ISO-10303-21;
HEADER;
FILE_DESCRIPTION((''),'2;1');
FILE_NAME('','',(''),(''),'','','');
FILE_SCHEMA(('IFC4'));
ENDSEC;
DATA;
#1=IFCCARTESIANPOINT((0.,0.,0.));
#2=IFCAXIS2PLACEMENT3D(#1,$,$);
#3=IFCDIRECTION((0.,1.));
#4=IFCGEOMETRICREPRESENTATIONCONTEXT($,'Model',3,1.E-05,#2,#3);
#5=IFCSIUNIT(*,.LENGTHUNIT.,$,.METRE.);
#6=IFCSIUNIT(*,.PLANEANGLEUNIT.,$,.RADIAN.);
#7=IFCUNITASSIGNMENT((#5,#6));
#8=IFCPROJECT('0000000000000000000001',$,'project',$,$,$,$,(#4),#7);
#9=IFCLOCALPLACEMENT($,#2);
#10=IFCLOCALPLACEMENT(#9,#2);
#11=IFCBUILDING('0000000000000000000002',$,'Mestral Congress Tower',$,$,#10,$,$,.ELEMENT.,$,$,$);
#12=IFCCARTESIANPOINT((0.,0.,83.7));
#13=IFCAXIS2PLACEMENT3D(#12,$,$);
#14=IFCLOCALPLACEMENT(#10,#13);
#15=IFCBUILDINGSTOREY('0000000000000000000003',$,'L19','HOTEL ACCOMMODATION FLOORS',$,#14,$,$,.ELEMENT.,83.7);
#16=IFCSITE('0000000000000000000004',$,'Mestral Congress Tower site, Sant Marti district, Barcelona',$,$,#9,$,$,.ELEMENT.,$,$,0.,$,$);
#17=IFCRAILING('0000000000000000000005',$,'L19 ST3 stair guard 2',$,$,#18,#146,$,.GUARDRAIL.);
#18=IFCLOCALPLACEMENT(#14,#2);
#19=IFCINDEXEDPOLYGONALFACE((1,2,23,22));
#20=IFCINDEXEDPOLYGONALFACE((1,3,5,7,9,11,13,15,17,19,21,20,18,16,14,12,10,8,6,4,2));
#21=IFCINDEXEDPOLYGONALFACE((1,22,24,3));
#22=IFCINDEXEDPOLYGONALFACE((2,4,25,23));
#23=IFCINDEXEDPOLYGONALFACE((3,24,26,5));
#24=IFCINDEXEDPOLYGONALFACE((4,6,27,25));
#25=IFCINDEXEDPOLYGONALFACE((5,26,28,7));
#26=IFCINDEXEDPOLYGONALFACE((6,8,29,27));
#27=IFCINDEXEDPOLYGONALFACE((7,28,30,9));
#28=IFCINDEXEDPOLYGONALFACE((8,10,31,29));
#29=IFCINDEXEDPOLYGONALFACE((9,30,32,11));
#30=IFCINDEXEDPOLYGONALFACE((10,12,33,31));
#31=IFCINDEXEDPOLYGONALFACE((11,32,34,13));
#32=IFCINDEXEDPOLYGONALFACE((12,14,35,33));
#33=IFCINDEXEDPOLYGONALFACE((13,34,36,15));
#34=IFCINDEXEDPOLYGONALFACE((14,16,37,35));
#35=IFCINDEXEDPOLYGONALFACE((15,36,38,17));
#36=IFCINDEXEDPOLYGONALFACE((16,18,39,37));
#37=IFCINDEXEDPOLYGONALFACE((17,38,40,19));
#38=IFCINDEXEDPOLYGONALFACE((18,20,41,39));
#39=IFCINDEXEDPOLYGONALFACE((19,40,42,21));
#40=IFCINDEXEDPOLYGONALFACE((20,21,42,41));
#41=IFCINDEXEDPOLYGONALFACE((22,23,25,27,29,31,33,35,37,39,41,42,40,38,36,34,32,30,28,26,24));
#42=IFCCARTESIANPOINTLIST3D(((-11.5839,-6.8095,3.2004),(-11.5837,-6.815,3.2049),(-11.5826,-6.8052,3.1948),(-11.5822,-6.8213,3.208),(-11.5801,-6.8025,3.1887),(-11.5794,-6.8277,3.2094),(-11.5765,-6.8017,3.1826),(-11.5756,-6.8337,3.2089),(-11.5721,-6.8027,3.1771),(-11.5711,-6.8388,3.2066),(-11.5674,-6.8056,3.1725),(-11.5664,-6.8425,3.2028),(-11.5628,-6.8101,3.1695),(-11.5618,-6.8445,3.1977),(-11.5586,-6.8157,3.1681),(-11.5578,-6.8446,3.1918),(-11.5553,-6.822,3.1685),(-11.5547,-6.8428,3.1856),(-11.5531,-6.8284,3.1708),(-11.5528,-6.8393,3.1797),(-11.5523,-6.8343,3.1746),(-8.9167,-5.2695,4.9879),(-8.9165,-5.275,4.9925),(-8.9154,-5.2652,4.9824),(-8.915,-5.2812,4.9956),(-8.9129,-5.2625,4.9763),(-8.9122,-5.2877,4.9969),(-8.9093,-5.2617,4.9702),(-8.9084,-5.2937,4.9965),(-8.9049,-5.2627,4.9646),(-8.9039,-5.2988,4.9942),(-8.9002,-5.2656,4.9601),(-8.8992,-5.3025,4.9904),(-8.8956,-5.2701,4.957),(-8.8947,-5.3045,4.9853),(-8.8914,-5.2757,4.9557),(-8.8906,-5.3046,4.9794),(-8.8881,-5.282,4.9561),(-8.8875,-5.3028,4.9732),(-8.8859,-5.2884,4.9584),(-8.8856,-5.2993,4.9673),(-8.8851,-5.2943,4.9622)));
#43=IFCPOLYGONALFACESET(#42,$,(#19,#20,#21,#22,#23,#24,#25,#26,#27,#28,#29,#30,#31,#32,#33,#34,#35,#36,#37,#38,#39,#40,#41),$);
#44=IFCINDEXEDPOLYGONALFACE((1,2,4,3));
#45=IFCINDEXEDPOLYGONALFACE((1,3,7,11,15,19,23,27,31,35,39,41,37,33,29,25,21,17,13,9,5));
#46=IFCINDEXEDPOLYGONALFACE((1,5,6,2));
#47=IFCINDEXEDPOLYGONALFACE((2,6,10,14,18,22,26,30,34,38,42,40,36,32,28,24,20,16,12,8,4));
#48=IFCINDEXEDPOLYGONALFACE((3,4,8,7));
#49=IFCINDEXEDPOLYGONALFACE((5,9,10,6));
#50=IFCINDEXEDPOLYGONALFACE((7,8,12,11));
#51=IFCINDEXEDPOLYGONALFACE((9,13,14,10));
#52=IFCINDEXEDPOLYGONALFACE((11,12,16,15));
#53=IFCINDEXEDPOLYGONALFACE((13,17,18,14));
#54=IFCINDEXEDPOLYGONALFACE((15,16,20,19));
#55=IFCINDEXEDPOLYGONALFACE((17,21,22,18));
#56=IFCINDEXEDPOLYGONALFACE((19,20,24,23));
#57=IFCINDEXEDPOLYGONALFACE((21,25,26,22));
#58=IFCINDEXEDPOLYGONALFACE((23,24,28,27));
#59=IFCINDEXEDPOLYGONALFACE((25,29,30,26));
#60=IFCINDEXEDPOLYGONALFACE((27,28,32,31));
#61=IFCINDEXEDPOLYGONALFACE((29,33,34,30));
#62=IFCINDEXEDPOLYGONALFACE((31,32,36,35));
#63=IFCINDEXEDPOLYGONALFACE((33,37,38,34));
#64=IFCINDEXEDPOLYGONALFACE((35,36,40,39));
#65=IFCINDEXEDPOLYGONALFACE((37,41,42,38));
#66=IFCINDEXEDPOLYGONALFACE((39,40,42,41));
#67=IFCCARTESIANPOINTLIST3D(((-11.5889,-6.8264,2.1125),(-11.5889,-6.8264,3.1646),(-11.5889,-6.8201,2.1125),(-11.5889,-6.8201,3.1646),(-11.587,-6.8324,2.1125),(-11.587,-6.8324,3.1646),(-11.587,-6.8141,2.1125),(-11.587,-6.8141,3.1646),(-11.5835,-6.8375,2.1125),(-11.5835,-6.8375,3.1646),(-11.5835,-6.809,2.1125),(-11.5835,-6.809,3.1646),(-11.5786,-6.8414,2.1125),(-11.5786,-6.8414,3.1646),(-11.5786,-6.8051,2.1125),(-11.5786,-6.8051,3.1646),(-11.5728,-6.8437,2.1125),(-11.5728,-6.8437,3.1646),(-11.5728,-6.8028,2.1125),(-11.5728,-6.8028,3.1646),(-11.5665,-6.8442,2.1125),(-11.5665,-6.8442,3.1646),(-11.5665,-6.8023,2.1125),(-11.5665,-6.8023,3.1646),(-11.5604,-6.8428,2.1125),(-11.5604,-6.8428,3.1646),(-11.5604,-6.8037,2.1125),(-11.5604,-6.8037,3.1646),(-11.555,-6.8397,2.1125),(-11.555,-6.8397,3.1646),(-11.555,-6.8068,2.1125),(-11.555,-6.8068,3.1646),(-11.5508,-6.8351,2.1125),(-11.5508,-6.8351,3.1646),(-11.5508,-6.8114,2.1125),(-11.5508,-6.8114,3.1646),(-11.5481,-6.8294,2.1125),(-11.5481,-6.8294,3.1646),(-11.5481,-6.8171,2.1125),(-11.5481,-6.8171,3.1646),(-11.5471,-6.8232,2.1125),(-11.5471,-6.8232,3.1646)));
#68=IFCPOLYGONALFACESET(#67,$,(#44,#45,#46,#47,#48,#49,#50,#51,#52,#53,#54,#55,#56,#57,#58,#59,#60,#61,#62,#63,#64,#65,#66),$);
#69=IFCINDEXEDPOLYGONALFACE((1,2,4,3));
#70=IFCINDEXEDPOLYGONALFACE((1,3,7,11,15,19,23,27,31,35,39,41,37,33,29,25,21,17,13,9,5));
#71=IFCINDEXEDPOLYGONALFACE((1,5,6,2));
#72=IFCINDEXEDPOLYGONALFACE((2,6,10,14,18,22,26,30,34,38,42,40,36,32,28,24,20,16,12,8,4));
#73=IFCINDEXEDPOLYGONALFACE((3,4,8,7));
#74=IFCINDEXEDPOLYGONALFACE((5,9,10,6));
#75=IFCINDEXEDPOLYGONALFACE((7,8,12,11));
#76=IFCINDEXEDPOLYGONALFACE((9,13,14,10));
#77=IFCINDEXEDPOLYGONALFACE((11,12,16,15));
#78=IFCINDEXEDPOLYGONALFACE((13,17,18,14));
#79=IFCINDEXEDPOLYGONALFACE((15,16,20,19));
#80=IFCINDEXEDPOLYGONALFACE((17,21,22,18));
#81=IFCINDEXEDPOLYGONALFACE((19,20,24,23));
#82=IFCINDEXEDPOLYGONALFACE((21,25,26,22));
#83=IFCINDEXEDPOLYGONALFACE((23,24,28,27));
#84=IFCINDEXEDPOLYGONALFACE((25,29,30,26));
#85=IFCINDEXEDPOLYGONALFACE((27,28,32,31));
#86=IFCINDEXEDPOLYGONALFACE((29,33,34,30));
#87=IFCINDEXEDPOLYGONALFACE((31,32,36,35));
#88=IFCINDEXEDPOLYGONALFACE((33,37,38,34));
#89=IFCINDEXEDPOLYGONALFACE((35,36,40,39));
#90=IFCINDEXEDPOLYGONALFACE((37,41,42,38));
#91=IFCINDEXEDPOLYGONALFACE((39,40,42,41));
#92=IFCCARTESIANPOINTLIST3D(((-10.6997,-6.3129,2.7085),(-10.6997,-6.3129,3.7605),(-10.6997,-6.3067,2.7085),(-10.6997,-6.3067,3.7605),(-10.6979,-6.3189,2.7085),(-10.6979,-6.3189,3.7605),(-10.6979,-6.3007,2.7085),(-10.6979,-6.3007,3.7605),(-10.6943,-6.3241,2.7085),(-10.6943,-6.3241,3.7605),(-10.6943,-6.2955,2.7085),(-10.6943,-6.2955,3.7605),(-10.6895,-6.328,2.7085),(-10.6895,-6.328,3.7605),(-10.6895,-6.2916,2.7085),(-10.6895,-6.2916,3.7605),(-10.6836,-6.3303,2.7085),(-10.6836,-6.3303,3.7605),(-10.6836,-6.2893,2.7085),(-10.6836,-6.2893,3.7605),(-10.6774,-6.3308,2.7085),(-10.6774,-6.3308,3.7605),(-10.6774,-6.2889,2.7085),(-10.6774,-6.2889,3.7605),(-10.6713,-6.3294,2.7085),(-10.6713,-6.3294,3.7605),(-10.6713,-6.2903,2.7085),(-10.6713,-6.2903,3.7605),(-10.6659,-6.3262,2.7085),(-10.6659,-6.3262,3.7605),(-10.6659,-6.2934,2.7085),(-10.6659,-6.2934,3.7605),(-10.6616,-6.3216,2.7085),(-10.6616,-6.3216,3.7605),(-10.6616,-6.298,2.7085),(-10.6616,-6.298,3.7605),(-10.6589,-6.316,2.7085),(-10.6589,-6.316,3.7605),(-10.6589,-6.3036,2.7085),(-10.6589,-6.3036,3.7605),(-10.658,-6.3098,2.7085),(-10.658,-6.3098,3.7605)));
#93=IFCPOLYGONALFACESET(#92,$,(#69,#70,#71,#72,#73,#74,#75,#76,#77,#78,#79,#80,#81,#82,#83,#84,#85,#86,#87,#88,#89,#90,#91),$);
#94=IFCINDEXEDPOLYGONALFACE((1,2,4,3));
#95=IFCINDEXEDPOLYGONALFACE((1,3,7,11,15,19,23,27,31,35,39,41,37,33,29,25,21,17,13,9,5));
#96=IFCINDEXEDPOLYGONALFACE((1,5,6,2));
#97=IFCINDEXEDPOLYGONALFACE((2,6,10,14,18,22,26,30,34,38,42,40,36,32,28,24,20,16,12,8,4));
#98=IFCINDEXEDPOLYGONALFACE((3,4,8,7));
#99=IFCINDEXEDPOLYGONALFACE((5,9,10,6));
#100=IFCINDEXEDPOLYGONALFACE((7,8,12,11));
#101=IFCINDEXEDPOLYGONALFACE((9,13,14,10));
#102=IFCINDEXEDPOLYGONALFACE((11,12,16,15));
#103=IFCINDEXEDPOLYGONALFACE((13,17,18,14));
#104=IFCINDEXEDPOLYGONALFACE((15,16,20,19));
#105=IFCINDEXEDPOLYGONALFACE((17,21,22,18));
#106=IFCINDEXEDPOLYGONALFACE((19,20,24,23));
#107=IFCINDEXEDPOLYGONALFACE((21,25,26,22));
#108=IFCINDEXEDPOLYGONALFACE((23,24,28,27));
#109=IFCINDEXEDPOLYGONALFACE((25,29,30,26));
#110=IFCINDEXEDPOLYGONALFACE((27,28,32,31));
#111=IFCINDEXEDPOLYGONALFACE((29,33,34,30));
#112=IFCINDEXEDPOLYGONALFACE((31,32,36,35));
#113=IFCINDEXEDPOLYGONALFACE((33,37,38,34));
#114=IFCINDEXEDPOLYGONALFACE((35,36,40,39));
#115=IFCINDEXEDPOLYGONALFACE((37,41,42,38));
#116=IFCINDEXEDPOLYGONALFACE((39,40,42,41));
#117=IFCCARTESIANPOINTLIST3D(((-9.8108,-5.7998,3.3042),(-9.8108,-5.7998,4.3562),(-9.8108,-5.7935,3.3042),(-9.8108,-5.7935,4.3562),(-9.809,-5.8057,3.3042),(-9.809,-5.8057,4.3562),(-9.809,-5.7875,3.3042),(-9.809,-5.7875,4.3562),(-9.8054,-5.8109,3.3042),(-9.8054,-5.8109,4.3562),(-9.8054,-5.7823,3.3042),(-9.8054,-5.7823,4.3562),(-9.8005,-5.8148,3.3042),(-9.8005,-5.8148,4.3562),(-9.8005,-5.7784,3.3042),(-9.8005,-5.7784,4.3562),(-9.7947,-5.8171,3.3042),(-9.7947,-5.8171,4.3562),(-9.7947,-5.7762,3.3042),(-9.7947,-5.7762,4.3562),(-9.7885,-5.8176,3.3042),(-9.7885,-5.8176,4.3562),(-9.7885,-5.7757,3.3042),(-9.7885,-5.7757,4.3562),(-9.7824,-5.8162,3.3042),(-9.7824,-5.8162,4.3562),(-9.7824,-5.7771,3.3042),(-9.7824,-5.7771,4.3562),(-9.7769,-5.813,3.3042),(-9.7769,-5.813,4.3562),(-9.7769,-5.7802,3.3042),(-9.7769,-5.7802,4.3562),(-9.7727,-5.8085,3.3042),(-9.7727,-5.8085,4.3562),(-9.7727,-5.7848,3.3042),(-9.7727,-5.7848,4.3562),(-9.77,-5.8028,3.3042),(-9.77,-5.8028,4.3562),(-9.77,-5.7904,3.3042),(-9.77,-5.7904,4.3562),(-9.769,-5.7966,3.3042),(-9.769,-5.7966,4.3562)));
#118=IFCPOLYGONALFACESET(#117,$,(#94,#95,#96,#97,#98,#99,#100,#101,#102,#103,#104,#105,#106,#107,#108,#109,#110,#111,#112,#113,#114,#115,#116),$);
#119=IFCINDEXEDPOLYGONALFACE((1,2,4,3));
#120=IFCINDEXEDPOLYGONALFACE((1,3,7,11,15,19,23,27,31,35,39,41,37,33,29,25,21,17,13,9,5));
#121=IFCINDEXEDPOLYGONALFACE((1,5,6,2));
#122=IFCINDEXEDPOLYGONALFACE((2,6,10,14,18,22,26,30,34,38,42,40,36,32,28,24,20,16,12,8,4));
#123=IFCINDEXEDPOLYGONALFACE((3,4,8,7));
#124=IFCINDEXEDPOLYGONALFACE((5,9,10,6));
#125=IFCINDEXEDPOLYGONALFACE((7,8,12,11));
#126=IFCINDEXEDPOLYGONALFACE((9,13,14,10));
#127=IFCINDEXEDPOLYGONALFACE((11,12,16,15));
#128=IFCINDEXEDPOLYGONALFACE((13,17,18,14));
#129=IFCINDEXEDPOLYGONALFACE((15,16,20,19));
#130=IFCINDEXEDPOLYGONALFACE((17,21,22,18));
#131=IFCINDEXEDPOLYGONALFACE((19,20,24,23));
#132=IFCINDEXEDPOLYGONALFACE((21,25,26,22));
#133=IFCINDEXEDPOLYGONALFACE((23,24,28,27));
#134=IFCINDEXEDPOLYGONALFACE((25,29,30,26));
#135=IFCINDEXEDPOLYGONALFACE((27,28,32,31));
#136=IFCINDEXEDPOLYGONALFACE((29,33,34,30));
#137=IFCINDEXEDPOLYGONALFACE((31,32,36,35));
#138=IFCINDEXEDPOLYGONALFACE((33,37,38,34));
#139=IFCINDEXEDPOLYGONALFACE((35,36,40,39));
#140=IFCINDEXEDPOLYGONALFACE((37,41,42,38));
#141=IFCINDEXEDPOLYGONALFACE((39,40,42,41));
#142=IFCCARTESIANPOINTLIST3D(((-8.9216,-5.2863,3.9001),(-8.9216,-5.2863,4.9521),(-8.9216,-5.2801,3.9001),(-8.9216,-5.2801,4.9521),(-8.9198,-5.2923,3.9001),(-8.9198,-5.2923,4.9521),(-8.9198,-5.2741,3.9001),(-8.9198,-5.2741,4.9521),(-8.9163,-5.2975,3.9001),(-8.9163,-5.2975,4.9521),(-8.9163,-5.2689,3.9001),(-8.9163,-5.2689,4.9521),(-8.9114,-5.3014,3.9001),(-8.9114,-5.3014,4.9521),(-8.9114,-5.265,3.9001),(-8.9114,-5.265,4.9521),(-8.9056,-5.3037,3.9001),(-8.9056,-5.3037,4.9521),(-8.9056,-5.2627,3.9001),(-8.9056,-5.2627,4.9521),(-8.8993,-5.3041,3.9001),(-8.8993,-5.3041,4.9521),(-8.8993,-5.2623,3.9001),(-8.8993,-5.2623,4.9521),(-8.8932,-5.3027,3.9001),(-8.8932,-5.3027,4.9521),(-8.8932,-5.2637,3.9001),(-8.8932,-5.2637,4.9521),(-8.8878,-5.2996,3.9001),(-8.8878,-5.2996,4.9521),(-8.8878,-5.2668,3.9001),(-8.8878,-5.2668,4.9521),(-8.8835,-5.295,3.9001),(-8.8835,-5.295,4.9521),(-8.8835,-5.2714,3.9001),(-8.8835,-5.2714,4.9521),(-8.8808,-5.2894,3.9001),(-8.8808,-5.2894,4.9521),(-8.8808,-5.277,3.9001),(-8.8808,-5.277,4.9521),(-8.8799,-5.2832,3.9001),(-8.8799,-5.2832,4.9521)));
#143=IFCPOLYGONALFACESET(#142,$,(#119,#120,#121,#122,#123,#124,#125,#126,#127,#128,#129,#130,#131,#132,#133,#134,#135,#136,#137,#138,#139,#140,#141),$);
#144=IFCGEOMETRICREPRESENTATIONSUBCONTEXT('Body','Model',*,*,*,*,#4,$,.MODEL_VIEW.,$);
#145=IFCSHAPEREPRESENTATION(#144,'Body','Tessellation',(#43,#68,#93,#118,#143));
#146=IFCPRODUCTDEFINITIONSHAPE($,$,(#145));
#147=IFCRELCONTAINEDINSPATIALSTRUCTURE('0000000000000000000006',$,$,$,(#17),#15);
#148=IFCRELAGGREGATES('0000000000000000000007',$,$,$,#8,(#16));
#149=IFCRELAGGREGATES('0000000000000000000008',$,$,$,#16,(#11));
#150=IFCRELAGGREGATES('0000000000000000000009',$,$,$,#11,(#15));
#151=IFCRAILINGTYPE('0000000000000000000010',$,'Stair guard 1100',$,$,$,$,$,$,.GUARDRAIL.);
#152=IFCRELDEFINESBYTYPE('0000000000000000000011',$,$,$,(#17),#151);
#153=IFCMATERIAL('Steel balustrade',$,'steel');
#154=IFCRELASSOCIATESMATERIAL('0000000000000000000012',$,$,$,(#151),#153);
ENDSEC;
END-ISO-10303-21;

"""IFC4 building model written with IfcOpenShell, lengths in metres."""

from ifc_helpers import new_model, si_unit, direction, frame, origin, origin_2d, place, context, subcontext, project, spatial, circle, extrude, material, type_object, element, save


model = new_model("IFC4")

# Units and contexts
model_context = context("Model", 3, precision=1e-05, world=origin(), true_north=direction((0.0, 1.0)))
body_context = subcontext(model_context, "Body", "Model", "MODEL_VIEW")
ifc_project = project(units=[si_unit("LENGTHUNIT", "METRE"), si_unit("PLANEANGLEUNIT", "RADIAN")], contexts=[model_context])

# Site, building, storey
site_placement = place(None, origin())
site = spatial("IfcSite", under=ifc_project, at=site_placement, Name="Mestral Congress Tower site, Sant Marti district, Barcelona", CompositionType="ELEMENT", RefElevation=0.0)
building_placement = place(site_placement, origin())
building = spatial("IfcBuilding", under=site, at=building_placement, Name="Mestral Congress Tower", CompositionType="ELEMENT")
storey_placement = place(building_placement, frame((0.0, 0.0, 83.7)))
storey = spatial("IfcBuildingStorey", under=building, at=storey_placement, Name="L19", Description="HOTEL ACCOMMODATION FLOORS", CompositionType="ELEMENT", Elevation=83.7)

# Railing
ifc_material_1 = material(Name="Steel balustrade", Category="steel")
railing_type_1 = type_object("IfcRailingType", Name="Stair guard 1100", PredefinedType="GUARDRAIL", material=ifc_material_1)
railing_1_placement = place(storey_placement, frame((-11.5681, -6.8232, 2.1125)))
element("IfcRailing", 1, at=railing_1_placement, inside=storey, type_object=railing_type_1, Name="L19 ST3 stair guard 2", PredefinedType="GUARDRAIL", context=body_context, shape_type="SweptSolid", body=[
    extrude(circle(Radius=0.0239, at=origin_2d()), frame((0.0, 0.0, 1.0762), z_axis=(0.748994, 0.432463, 0.50198), x_axis=(-0.500027, 0.86601, 0.0)), (0.0, 0.0, 1.0), 3.561),
    extrude(circle(Radius=0.021, at=origin_2d()), origin(), (0.0, 0.0, 1.0), 1.052),
    extrude(circle(Radius=0.021, at=origin_2d()), frame((0.8892, 0.5134, 0.5959)), (0.0, 0.0, 1.0), 1.052),
    extrude(circle(Radius=0.021, at=origin_2d()), frame((1.7781, 1.0266, 1.1917)), (0.0, 0.0, 1.0), 1.052),
    extrude(circle(Radius=0.021, at=origin_2d()), frame((2.6672, 1.54, 1.7876)), (0.0, 0.0, 1.0), 1.052),
])

save(model, "model.ifc")
